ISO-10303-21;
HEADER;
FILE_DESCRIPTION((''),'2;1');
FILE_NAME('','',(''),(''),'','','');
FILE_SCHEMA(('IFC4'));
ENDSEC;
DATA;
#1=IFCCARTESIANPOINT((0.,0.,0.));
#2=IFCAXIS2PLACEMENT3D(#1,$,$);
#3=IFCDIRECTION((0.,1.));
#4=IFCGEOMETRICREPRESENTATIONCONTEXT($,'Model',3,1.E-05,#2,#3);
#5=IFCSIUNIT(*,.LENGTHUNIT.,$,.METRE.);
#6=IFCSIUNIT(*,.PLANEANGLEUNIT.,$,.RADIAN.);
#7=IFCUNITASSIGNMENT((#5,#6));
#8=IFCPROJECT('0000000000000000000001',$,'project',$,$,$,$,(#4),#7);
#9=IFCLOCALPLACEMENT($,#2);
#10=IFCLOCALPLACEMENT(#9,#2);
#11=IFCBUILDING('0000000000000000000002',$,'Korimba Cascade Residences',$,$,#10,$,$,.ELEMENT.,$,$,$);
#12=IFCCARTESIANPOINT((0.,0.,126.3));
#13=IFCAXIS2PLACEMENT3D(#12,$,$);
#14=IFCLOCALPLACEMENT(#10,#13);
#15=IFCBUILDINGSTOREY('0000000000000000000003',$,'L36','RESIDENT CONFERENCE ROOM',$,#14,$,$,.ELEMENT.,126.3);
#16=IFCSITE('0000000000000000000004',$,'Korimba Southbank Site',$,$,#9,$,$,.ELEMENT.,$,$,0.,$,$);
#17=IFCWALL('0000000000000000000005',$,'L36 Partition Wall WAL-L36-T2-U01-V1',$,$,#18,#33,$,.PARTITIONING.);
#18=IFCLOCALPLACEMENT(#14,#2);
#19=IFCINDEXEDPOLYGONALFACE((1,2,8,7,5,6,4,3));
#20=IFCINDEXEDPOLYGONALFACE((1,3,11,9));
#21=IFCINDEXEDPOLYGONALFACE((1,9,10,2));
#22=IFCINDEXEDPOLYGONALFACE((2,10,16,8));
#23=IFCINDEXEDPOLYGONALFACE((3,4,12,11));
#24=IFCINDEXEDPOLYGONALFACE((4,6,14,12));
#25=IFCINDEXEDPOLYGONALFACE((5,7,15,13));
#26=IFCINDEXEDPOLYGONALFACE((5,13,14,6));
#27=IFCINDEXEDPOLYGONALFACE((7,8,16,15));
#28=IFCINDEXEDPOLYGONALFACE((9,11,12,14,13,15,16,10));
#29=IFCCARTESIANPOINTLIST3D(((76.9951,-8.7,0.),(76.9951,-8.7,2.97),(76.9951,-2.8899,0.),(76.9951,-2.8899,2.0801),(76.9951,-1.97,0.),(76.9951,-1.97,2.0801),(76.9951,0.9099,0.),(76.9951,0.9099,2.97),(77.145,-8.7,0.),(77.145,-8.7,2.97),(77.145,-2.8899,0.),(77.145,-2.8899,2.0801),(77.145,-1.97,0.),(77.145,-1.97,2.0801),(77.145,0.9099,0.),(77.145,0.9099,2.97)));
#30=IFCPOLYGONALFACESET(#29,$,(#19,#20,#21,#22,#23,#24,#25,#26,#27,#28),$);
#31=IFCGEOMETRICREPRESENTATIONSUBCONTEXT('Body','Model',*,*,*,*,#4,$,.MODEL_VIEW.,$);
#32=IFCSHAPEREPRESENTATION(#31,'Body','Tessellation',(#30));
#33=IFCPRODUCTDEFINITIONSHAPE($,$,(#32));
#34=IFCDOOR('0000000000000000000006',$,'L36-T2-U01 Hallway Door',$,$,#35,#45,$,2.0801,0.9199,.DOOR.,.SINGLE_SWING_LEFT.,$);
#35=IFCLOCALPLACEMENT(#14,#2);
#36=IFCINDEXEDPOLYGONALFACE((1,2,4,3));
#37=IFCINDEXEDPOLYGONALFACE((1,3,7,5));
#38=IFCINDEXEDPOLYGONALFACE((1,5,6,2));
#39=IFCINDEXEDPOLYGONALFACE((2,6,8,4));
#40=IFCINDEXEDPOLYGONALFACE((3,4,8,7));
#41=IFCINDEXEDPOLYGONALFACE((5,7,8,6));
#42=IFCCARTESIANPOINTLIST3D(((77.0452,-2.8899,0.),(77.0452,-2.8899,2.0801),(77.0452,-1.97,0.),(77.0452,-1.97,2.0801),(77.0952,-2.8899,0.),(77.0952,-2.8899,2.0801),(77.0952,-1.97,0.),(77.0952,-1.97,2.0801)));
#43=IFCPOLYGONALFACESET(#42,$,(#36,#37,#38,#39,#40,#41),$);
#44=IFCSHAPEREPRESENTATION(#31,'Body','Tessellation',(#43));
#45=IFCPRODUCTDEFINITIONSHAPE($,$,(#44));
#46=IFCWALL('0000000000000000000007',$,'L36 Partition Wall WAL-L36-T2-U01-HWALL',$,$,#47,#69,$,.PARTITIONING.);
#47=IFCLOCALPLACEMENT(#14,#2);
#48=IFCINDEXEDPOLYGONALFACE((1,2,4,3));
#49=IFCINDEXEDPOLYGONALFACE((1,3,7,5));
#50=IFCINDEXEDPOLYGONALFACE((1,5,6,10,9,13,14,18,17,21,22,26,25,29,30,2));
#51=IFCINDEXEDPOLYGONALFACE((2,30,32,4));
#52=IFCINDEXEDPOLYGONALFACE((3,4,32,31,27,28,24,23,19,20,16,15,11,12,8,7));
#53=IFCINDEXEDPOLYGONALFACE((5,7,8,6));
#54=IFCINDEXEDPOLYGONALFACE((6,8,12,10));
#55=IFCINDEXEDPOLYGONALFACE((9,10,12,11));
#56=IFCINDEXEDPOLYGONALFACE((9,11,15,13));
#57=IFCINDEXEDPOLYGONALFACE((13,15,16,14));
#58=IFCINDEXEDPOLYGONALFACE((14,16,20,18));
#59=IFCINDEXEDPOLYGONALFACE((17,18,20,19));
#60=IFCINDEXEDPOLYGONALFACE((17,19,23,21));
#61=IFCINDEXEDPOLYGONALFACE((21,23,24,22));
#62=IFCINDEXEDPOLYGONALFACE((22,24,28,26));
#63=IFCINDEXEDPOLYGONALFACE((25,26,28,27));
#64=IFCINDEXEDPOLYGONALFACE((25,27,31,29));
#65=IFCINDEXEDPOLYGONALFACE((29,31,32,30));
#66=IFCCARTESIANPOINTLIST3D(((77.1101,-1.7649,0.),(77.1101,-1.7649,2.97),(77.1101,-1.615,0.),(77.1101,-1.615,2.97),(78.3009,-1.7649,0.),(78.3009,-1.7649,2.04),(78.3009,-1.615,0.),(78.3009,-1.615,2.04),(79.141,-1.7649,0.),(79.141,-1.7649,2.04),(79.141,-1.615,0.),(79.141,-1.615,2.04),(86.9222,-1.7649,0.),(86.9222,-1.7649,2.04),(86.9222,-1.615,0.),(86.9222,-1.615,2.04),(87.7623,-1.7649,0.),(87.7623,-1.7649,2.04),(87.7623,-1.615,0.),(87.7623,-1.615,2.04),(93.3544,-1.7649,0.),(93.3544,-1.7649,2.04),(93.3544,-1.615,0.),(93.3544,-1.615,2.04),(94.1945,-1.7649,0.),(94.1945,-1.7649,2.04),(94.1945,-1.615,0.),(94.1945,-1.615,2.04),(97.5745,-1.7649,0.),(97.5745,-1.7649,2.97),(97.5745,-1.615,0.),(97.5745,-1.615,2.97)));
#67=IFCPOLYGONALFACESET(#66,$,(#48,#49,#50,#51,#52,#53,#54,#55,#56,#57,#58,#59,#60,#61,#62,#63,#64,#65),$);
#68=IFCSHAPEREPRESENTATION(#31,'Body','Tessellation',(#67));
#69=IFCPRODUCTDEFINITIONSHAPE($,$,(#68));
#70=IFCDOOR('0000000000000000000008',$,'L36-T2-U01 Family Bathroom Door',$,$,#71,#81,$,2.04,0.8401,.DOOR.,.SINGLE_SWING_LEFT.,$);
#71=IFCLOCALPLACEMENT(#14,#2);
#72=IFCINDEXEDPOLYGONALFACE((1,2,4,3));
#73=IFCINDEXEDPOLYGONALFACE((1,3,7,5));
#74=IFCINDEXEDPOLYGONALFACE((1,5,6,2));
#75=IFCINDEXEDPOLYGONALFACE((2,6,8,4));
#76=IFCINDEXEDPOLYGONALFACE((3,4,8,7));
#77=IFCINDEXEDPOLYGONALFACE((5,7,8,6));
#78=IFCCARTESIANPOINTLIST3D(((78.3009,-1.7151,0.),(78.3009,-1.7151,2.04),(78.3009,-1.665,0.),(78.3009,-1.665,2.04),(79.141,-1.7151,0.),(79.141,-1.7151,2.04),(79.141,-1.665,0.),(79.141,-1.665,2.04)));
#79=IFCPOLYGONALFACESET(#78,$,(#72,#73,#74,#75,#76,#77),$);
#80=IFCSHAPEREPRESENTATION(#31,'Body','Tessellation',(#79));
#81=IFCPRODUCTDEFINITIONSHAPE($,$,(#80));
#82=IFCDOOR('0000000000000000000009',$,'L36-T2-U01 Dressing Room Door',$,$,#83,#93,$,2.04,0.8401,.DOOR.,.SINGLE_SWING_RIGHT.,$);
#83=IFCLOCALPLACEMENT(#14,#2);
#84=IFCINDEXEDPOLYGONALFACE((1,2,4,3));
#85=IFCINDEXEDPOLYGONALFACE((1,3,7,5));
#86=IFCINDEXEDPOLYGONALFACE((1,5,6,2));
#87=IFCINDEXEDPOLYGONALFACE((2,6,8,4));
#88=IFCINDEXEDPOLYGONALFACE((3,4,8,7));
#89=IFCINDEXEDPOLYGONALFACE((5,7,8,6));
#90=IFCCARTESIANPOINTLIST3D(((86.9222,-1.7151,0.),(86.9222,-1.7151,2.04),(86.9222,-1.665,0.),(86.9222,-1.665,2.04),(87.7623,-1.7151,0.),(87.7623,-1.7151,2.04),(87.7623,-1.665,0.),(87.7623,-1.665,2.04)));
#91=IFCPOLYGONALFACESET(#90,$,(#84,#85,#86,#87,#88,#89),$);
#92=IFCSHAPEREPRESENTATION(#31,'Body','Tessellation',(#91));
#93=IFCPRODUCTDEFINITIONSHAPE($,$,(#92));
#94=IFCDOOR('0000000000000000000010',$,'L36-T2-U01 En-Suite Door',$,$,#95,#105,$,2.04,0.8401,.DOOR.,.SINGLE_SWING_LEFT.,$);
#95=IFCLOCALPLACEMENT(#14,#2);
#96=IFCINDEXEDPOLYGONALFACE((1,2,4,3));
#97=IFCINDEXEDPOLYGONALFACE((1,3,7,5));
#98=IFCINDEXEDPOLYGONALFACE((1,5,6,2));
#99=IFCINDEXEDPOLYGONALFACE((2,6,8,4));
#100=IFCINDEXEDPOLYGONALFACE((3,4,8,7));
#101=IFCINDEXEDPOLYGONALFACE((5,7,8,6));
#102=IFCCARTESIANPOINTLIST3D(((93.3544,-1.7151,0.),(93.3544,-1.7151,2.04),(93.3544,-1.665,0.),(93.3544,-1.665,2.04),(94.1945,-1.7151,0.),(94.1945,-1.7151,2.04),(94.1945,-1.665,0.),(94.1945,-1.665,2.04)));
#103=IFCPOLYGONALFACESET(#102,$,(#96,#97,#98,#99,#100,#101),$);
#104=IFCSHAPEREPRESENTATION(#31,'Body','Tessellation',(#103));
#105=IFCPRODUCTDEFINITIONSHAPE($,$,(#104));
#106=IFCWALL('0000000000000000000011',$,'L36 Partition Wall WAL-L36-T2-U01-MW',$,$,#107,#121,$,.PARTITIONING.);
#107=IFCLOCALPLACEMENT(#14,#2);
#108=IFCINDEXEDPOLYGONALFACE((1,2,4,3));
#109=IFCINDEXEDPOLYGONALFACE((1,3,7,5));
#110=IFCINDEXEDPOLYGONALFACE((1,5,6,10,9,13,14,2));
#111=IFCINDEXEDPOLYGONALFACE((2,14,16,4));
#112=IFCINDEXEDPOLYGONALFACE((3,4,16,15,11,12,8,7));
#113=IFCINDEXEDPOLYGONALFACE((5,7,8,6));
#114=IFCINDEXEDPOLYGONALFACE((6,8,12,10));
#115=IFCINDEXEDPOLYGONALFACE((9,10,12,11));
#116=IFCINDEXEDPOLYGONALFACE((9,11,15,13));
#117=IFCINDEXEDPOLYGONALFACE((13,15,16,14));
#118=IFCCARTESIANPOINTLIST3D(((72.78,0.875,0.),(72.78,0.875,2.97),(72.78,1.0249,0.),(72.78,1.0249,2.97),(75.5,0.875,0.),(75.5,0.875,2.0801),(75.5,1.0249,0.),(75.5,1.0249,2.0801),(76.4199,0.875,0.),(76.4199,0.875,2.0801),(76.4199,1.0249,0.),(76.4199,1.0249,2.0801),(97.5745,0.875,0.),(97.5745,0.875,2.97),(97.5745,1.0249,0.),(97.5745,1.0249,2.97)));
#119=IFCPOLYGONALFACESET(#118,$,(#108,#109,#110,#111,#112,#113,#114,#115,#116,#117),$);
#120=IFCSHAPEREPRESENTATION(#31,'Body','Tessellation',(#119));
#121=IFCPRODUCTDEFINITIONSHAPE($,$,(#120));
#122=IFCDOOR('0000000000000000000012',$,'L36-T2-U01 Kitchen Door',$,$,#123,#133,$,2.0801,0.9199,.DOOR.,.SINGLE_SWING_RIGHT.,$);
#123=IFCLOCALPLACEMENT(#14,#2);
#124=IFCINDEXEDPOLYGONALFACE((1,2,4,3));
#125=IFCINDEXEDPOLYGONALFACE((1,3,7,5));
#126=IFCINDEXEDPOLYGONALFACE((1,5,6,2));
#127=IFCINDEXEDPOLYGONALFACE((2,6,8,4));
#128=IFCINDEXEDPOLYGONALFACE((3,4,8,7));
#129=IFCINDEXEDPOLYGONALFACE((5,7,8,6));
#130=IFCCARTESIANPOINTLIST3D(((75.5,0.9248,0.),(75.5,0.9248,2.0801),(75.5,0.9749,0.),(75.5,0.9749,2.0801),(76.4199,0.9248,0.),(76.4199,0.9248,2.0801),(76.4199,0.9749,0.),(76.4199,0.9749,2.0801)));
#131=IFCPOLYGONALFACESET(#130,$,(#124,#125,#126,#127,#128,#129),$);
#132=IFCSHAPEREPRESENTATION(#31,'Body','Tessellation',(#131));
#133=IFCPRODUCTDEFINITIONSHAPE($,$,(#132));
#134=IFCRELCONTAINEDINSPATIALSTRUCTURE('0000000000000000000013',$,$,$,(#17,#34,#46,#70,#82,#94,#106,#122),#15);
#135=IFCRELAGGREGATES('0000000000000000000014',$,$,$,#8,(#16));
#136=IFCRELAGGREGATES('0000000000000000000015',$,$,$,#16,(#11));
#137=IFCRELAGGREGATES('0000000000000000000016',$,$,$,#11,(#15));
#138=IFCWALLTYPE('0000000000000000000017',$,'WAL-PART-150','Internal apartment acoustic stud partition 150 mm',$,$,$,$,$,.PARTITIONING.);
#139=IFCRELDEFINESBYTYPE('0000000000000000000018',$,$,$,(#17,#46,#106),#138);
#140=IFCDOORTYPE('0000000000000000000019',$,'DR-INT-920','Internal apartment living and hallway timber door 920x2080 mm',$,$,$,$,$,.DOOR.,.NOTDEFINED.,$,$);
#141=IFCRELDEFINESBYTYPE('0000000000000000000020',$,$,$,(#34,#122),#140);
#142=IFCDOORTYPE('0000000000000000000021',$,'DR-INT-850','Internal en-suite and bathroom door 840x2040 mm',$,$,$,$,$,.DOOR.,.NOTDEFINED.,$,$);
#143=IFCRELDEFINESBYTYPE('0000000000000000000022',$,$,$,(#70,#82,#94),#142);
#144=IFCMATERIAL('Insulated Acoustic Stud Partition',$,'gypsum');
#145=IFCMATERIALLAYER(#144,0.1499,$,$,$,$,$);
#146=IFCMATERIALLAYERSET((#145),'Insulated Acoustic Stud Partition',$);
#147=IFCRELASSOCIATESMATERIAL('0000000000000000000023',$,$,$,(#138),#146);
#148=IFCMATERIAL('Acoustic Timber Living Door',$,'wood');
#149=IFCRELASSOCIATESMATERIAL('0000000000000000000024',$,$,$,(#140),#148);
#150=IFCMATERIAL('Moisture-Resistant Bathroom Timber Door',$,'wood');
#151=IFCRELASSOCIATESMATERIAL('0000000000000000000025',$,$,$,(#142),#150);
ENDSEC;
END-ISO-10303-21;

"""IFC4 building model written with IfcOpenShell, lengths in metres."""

from ifc_helpers import new_model, si_unit, direction, frame, frame_2d, origin, place, context, subcontext, project, spatial, rectangle, extrude, material, layer, layer_set, type_object, element, fill, save


model = new_model("IFC4")

# Units and contexts
model_context = context("Model", 3, precision=1e-05, world=origin(), true_north=direction((0.0, 1.0)))
body_context = subcontext(model_context, "Body", "Model", "MODEL_VIEW")
ifc_project = project(units=[si_unit("LENGTHUNIT", "METRE"), si_unit("PLANEANGLEUNIT", "RADIAN")], contexts=[model_context])

# Site, building, storey
site_placement = place(None, origin())
site = spatial("IfcSite", under=ifc_project, at=site_placement, Name="Korimba Southbank Site", CompositionType="ELEMENT", RefElevation=0.0)
building_placement = place(site_placement, origin())
building = spatial("IfcBuilding", under=site, at=building_placement, Name="Korimba Cascade Residences", CompositionType="ELEMENT")
storey_placement = place(building_placement, frame((0.0, 0.0, 126.3)))
storey = spatial("IfcBuildingStorey", under=building, at=storey_placement, Name="L36", Description="RESIDENT CONFERENCE ROOM", CompositionType="ELEMENT", Elevation=126.3)

# Wall, opening, door
ifc_material_1 = material(Name="Insulated Acoustic Stud Partition", Category="gypsum")
ifc_layer_1 = layer(ifc_material_1, 0.1499)
ifc_layer_set_1 = layer_set([ifc_layer_1], Name="Insulated Acoustic Stud Partition")
wall_type_1 = type_object("IfcWallType", Name="WAL-PART-150", Description="Internal apartment acoustic stud partition 150 mm", PredefinedType="PARTITIONING", material=ifc_layer_set_1)
wall_1_placement = place(storey_placement, frame((77.0701, -8.7, 0.0), z_axis=(0.0, 0.0, 1.0), x_axis=(0.0, 1.0, 0.0)))
wall_1 = element("IfcWall", 1, at=wall_1_placement, inside=storey, type_object=wall_type_1, Name="L36 Partition Wall WAL-L36-T2-U01-V1", PredefinedType="PARTITIONING", context=body_context, shape_type="SweptSolid", body=[
    extrude(rectangle(XDim=9.6099, YDim=0.1499, at=frame_2d((4.8049, 0.0))), origin(), (0.0, 0.0, 1.0), 2.97),
])
opening_1_placement = place(wall_1_placement, frame((5.8101, 0.0, 0.0)))
opening_1 = element("IfcOpeningElement", 2, at=opening_1_placement, cuts=wall_1, PredefinedType="OPENING", context=body_context, shape_type="SweptSolid", body=[
    extrude(rectangle(XDim=0.9199, YDim=2.0801, at=frame_2d((0.46, 1.04))), frame((0.0, 0.085, 0.0), z_axis=(0.0, -1.0, 0.0), x_axis=(1.0, 0.0, 0.0)), (0.0, 0.0, 1.0), 0.1699),
])
ifc_material_2 = material(Name="Acoustic Timber Living Door", Category="wood")
door_type_1 = type_object("IfcDoorType", Name="DR-INT-920", Description="Internal apartment living and hallway timber door 920x2080 mm", OperationType="NOTDEFINED", PredefinedType="DOOR", material=ifc_material_2)
door_1_placement = place(opening_1_placement, origin())
door_1 = element("IfcDoor", 3, at=door_1_placement, inside=storey, type_object=door_type_1, Name="L36-T2-U01 Hallway Door", OperationType="SINGLE_SWING_LEFT", OverallHeight=2.0801, OverallWidth=0.9199, PredefinedType="DOOR", context=body_context, shape_type="SweptSolid", body=[
    extrude(rectangle(XDim=0.9199, YDim=2.0801, at=frame_2d((0.46, 1.04))), frame((0.0, 0.0249, 0.0), z_axis=(0.0, -1.0, 0.0), x_axis=(1.0, 0.0, 0.0)), (0.0, 0.0, 1.0), 0.05),
])
fill(opening_1, door_1)

# Wall, openings, doors
wall_2_placement = place(storey_placement, frame((77.1101, -1.6899, 0.0), z_axis=(0.0, 0.0, 1.0), x_axis=(1.0, 0.0, 0.0)))
wall_2 = element("IfcWall", 4, at=wall_2_placement, inside=storey, type_object=wall_type_1, Name="L36 Partition Wall WAL-L36-T2-U01-HWALL", PredefinedType="PARTITIONING", context=body_context, shape_type="SweptSolid", body=[
    extrude(rectangle(XDim=20.4644, YDim=0.1499, at=frame_2d((10.2322, 0.0))), origin(), (0.0, 0.0, 1.0), 2.97),
])
opening_2_placement = place(wall_2_placement, frame((1.1909, 0.0, 0.0)))
opening_2 = element("IfcOpeningElement", 5, at=opening_2_placement, cuts=wall_2, PredefinedType="OPENING", context=body_context, shape_type="SweptSolid", body=[
    extrude(rectangle(XDim=0.8401, YDim=2.04, at=frame_2d((0.4199, 1.02))), frame((0.0, 0.085, 0.0), z_axis=(0.0, -1.0, 0.0), x_axis=(1.0, 0.0, 0.0)), (0.0, 0.0, 1.0), 0.1699),
])
opening_3_placement = place(wall_2_placement, frame((9.8123, 0.0, 0.0)))
opening_3 = element("IfcOpeningElement", 6, at=opening_3_placement, cuts=wall_2, PredefinedType="OPENING", context=body_context, shape_type="SweptSolid", body=[
    extrude(rectangle(XDim=0.8401, YDim=2.04, at=frame_2d((0.4199, 1.02))), frame((0.0, 0.085, 0.0), z_axis=(0.0, -1.0, 0.0), x_axis=(1.0, 0.0, 0.0)), (0.0, 0.0, 1.0), 0.1699),
])
opening_4_placement = place(wall_2_placement, frame((16.2444, 0.0, 0.0)))
opening_4 = element("IfcOpeningElement", 7, at=opening_4_placement, cuts=wall_2, PredefinedType="OPENING", context=body_context, shape_type="SweptSolid", body=[
    extrude(rectangle(XDim=0.8401, YDim=2.04, at=frame_2d((0.4199, 1.02))), frame((0.0, 0.085, 0.0), z_axis=(0.0, -1.0, 0.0), x_axis=(1.0, 0.0, 0.0)), (0.0, 0.0, 1.0), 0.1699),
])
ifc_material_3 = material(Name="Moisture-Resistant Bathroom Timber Door", Category="wood")
door_type_2 = type_object("IfcDoorType", Name="DR-INT-850", Description="Internal en-suite and bathroom door 840x2040 mm", OperationType="NOTDEFINED", PredefinedType="DOOR", material=ifc_material_3)
door_2_placement = place(opening_2_placement, origin())
door_2 = element("IfcDoor", 8, at=door_2_placement, inside=storey, type_object=door_type_2, Name="L36-T2-U01 Family Bathroom Door", OperationType="SINGLE_SWING_LEFT", OverallHeight=2.04, OverallWidth=0.8401, PredefinedType="DOOR", context=body_context, shape_type="SweptSolid", body=[
    extrude(rectangle(XDim=0.8401, YDim=2.04, at=frame_2d((0.4199, 1.02))), frame((0.0, 0.0249, 0.0), z_axis=(0.0, -1.0, 0.0), x_axis=(1.0, 0.0, 0.0)), (0.0, 0.0, 1.0), 0.05),
])
fill(opening_2, door_2)
door_3_placement = place(opening_3_placement, origin())
door_3 = element("IfcDoor", 9, at=door_3_placement, inside=storey, type_object=door_type_2, Name="L36-T2-U01 Dressing Room Door", OperationType="SINGLE_SWING_RIGHT", OverallHeight=2.04, OverallWidth=0.8401, PredefinedType="DOOR", context=body_context, shape_type="SweptSolid", body=[
    extrude(rectangle(XDim=0.8401, YDim=2.04, at=frame_2d((0.4199, 1.02))), frame((0.0, 0.0249, 0.0), z_axis=(0.0, -1.0, 0.0), x_axis=(1.0, 0.0, 0.0)), (0.0, 0.0, 1.0), 0.05),
])
fill(opening_3, door_3)
door_4_placement = place(opening_4_placement, origin())
door_4 = element("IfcDoor", 10, at=door_4_placement, inside=storey, type_object=door_type_2, Name="L36-T2-U01 En-Suite Door", OperationType="SINGLE_SWING_LEFT", OverallHeight=2.04, OverallWidth=0.8401, PredefinedType="DOOR", context=body_context, shape_type="SweptSolid", body=[
    extrude(rectangle(XDim=0.8401, YDim=2.04, at=frame_2d((0.4199, 1.02))), frame((0.0, 0.0249, 0.0), z_axis=(0.0, -1.0, 0.0), x_axis=(1.0, 0.0, 0.0)), (0.0, 0.0, 1.0), 0.05),
])
fill(opening_4, door_4)

# Wall, opening, door
wall_3_placement = place(storey_placement, frame((72.78, 0.95, 0.0), z_axis=(0.0, 0.0, 1.0), x_axis=(1.0, 0.0, 0.0)))
wall_3 = element("IfcWall", 11, at=wall_3_placement, inside=storey, type_object=wall_type_1, Name="L36 Partition Wall WAL-L36-T2-U01-MW", PredefinedType="PARTITIONING", context=body_context, shape_type="SweptSolid", body=[
    extrude(rectangle(XDim=24.7944, YDim=0.1499, at=frame_2d((12.3972, 0.0))), origin(), (0.0, 0.0, 1.0), 2.97),
])
opening_5_placement = place(wall_3_placement, frame((2.72, 0.0, 0.0)))
opening_5 = element("IfcOpeningElement", 12, at=opening_5_placement, cuts=wall_3, PredefinedType="OPENING", context=body_context, shape_type="SweptSolid", body=[
    extrude(rectangle(XDim=0.9199, YDim=2.0801, at=frame_2d((0.46, 1.04))), frame((0.0, 0.085, 0.0), z_axis=(0.0, -1.0, 0.0), x_axis=(1.0, 0.0, 0.0)), (0.0, 0.0, 1.0), 0.1699),
])
door_5_placement = place(opening_5_placement, origin())
door_5 = element("IfcDoor", 13, at=door_5_placement, inside=storey, type_object=door_type_1, Name="L36-T2-U01 Kitchen Door", OperationType="SINGLE_SWING_RIGHT", OverallHeight=2.0801, OverallWidth=0.9199, PredefinedType="DOOR", context=body_context, shape_type="SweptSolid", body=[
    extrude(rectangle(XDim=0.9199, YDim=2.0801, at=frame_2d((0.46, 1.04))), frame((0.0, 0.0249, 0.0), z_axis=(0.0, -1.0, 0.0), x_axis=(1.0, 0.0, 0.0)), (0.0, 0.0, 1.0), 0.05),
])
fill(opening_5, door_5)

save(model, "model.ifc")
